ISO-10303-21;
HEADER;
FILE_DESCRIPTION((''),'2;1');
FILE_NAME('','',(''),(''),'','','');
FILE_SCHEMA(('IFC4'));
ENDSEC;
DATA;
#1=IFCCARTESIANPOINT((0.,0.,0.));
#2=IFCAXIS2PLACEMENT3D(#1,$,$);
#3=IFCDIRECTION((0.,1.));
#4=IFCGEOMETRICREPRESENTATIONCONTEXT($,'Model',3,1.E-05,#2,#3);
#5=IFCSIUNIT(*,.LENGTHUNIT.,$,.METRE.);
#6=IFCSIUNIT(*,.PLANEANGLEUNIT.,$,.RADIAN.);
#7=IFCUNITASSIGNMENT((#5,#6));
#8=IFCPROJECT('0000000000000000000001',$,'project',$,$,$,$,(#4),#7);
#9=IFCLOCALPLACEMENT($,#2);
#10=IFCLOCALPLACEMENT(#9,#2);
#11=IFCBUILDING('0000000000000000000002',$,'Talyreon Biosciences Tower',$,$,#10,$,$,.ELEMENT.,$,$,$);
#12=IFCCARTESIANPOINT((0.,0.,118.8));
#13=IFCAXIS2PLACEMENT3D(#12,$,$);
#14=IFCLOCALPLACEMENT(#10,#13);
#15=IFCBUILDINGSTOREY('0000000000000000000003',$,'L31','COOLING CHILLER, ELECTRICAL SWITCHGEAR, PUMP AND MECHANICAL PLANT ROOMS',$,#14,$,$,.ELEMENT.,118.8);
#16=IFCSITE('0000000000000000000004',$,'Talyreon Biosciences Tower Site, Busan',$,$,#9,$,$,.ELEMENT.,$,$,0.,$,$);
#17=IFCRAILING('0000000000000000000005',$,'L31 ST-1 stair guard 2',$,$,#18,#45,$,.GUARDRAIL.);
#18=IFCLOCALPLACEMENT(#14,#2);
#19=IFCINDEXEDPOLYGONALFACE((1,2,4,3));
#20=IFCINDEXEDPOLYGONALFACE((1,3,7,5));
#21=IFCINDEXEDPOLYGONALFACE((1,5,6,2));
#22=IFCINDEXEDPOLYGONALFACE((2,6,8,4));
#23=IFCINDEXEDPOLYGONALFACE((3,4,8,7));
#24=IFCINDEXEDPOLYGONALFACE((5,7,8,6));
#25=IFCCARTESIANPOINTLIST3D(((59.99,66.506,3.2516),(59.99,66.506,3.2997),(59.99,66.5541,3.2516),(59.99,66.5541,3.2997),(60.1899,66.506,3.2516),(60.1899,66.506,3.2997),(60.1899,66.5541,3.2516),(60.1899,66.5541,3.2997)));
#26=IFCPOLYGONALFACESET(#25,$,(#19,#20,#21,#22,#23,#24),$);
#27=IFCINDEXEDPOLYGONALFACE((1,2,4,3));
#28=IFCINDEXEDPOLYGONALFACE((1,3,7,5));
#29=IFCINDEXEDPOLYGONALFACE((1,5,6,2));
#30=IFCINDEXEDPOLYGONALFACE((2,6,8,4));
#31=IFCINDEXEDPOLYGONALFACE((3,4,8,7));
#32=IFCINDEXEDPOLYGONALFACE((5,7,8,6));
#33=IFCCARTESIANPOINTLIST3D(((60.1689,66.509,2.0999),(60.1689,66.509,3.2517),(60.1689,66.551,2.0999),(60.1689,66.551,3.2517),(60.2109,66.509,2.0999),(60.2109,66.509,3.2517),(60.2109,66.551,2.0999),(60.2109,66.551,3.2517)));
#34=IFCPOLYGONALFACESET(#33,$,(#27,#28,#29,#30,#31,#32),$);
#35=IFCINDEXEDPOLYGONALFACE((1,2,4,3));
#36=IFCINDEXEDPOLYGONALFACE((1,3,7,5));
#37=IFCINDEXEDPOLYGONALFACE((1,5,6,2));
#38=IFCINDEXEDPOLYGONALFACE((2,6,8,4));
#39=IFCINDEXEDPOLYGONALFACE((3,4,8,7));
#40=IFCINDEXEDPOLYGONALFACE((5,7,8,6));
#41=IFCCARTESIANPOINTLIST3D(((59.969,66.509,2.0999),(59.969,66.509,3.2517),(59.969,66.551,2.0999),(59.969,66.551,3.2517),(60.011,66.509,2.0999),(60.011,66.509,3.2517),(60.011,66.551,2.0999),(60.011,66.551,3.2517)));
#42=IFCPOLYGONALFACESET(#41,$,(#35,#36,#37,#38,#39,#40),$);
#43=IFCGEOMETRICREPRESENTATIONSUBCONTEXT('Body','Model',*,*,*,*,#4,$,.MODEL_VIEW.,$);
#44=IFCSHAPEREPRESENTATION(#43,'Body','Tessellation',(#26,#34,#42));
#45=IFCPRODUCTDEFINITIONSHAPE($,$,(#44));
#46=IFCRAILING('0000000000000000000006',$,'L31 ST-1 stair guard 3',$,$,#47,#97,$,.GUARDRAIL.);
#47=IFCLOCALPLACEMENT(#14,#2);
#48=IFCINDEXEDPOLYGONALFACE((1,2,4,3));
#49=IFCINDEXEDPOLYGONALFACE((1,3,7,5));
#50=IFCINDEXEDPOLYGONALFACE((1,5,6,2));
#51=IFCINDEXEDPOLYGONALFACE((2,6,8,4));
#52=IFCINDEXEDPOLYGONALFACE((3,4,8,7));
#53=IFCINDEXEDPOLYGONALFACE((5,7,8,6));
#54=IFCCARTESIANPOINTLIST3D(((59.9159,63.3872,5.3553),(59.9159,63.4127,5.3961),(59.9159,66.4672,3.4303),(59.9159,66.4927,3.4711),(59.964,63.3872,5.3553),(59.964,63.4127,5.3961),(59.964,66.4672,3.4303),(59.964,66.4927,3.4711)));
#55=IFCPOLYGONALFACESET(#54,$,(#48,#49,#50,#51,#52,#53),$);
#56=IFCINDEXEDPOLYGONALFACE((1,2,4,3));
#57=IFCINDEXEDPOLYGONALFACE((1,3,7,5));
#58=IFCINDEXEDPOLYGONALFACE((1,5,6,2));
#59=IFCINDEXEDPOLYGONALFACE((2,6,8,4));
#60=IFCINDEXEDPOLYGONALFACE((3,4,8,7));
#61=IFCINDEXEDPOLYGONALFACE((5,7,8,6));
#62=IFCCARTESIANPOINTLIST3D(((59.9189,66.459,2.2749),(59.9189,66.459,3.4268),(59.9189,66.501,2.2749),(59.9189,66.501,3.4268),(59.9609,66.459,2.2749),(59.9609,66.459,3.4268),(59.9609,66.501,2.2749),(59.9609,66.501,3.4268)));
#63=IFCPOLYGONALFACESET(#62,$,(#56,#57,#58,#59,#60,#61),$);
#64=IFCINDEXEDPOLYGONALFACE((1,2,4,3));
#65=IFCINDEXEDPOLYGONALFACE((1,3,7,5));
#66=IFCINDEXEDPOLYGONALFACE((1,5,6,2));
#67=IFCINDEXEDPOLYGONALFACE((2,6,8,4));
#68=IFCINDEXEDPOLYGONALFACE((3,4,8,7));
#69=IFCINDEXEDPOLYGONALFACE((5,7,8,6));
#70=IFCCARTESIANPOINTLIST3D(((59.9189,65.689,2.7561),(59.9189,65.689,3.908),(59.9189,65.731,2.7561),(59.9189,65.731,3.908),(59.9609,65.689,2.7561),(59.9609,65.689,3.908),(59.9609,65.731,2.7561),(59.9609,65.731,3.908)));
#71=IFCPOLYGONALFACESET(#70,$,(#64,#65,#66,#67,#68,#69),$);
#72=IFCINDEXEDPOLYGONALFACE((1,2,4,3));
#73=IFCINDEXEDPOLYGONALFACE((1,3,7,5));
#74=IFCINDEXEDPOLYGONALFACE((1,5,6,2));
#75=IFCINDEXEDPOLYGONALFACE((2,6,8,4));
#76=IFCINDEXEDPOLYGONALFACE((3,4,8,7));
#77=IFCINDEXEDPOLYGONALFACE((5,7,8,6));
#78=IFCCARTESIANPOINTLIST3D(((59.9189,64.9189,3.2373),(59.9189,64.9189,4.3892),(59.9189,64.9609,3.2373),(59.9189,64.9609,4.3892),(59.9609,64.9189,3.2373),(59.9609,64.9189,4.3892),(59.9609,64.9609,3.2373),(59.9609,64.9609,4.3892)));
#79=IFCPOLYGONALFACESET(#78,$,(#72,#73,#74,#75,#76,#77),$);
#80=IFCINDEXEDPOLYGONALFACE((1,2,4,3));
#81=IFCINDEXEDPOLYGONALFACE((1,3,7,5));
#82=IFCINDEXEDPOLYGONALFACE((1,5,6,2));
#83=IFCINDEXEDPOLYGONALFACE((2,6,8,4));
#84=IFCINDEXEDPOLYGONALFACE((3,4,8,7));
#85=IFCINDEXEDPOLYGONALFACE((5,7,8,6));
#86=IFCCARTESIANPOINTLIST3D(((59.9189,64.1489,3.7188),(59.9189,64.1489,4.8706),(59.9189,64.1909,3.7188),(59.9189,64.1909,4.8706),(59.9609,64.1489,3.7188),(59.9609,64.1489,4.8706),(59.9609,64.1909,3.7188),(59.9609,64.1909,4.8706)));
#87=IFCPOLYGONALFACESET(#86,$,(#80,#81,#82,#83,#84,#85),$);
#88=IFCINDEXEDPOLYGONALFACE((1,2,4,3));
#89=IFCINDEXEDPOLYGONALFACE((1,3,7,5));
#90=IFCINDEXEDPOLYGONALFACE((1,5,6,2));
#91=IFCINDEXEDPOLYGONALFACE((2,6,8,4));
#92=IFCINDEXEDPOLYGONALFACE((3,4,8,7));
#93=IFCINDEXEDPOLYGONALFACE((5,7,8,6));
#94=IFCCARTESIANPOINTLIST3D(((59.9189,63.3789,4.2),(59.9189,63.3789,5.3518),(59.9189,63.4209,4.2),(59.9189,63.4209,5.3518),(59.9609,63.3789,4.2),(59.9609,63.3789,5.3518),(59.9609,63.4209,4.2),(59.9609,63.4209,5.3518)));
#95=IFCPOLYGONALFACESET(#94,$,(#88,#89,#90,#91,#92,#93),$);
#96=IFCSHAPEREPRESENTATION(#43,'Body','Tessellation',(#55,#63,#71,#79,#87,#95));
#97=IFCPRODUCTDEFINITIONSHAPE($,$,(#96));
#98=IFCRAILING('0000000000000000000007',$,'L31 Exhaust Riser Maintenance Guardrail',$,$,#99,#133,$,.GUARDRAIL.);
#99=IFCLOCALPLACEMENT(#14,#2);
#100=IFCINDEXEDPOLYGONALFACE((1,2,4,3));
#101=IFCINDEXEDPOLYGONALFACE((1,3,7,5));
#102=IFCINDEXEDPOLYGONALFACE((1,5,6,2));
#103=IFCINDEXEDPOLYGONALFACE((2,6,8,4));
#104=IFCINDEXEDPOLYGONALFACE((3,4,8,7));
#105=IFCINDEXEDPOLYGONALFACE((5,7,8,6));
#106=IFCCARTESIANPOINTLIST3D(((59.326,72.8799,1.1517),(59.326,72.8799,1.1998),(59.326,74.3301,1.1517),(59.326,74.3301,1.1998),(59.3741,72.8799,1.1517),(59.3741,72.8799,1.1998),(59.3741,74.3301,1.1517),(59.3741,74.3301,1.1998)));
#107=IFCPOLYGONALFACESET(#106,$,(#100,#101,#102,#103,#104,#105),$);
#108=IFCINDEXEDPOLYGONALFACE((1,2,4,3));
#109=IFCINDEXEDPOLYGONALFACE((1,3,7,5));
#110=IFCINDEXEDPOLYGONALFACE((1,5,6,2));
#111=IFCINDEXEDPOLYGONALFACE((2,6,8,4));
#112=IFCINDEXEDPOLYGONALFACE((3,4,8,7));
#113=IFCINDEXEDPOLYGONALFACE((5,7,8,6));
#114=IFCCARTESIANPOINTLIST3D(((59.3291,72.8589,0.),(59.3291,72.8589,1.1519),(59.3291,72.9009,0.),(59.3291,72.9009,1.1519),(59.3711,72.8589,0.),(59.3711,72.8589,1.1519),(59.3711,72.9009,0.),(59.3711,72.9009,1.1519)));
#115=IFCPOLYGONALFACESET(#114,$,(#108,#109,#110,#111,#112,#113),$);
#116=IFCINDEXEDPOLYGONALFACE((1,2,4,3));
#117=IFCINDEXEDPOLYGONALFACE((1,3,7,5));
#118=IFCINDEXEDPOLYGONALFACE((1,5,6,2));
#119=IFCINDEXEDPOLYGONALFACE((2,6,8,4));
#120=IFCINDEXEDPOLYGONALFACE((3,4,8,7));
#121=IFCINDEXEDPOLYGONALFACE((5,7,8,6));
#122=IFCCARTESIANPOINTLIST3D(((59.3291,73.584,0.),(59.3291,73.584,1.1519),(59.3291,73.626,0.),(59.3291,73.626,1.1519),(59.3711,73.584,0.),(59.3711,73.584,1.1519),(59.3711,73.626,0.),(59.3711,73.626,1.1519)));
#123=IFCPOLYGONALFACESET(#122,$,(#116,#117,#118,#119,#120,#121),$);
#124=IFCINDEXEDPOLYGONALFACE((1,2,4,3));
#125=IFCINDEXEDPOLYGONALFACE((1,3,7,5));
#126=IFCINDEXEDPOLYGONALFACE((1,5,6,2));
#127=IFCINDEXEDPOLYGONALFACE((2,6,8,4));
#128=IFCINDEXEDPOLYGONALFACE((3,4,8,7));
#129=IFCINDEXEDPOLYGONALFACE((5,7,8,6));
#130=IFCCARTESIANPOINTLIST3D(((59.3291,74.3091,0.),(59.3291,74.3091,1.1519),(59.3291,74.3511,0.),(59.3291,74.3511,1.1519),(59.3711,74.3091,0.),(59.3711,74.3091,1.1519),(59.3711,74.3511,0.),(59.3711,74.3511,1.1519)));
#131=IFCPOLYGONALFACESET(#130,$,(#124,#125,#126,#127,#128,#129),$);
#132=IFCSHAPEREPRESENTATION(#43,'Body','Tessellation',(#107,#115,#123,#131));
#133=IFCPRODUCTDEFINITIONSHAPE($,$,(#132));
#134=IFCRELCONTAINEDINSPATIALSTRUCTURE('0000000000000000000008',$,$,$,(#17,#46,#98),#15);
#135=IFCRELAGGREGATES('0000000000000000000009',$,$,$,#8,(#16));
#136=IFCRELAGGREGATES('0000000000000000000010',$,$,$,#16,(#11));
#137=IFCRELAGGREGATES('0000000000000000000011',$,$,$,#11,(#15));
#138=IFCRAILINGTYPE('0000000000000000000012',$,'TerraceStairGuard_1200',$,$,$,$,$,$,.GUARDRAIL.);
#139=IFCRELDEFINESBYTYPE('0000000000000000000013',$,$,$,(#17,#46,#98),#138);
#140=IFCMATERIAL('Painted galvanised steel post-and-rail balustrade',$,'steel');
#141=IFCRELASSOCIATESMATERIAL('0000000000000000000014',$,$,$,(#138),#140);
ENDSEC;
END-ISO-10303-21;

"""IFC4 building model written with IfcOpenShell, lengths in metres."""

from ifc_helpers import new_model, si_unit, direction, frame, origin, origin_2d, place, context, subcontext, project, spatial, rectangle, extrude, material, type_object, element, save


model = new_model("IFC4")

# Units and contexts
model_context = context("Model", 3, precision=1e-05, world=origin(), true_north=direction((0.0, 1.0)))
body_context = subcontext(model_context, "Body", "Model", "MODEL_VIEW")
ifc_project = project(units=[si_unit("LENGTHUNIT", "METRE"), si_unit("PLANEANGLEUNIT", "RADIAN")], contexts=[model_context])

# Site, building, storey
site_placement = place(None, origin())
site = spatial("IfcSite", under=ifc_project, at=site_placement, Name="Talyreon Biosciences Tower Site, Busan", CompositionType="ELEMENT", RefElevation=0.0)
building_placement = place(site_placement, origin())
building = spatial("IfcBuilding", under=site, at=building_placement, Name="Talyreon Biosciences Tower", CompositionType="ELEMENT")
storey_placement = place(building_placement, frame((0.0, 0.0, 118.8)))
storey = spatial("IfcBuildingStorey", under=building, at=storey_placement, Name="L31", Description="COOLING CHILLER, ELECTRICAL SWITCHGEAR, PUMP AND MECHANICAL PLANT ROOMS", CompositionType="ELEMENT", Elevation=118.8)

# Railings
ifc_material_1 = material(Name="Painted galvanised steel post-and-rail balustrade", Category="steel")
railing_type = type_object("IfcRailingType", Name="TerraceStairGuard_1200", PredefinedType="GUARDRAIL", material=ifc_material_1)
railing_1_placement = place(storey_placement, frame((60.1899, 66.53, 2.0999)))
element("IfcRailing", 1, at=railing_1_placement, inside=storey, type_object=railing_type, Name="L31 ST-1 stair guard 2", PredefinedType="GUARDRAIL", context=body_context, shape_type="SweptSolid", body=[
    extrude(rectangle(XDim=0.0481, YDim=0.0481, at=origin_2d()), frame((0.0, 0.0, 1.1758), z_axis=(-1.0, 0.0, 0.0), x_axis=(0.0, -1.0, 0.0)), (0.0, 0.0, 1.0), 0.2),
    extrude(rectangle(XDim=0.042, YDim=0.042, at=origin_2d()), origin(), (0.0, 0.0, 1.0), 1.1519),
    extrude(rectangle(XDim=0.042, YDim=0.042, at=origin_2d()), frame((-0.2, 0.0, 0.0)), (0.0, 0.0, 1.0), 1.1519),
])
railing_2_placement = place(storey_placement, frame((59.9399, 66.48, 2.2749)))
element("IfcRailing", 2, at=railing_2_placement, inside=storey, type_object=railing_type, Name="L31 ST-1 stair guard 3", PredefinedType="GUARDRAIL", context=body_context, shape_type="SweptSolid", body=[
    extrude(rectangle(XDim=0.0481, YDim=0.0481, at=origin_2d()), frame((0.0, 0.0, 1.1758), z_axis=(0.0, -0.847998, 0.529999), x_axis=(1.0, 0.0, 0.0)), (0.0, 0.0, 1.0), 3.6321),
    extrude(rectangle(XDim=0.042, YDim=0.042, at=origin_2d()), origin(), (0.0, 0.0, 1.0), 1.1519),
    extrude(rectangle(XDim=0.042, YDim=0.042, at=origin_2d()), frame((0.0, -0.77, 0.4812)), (0.0, 0.0, 1.0), 1.1519),
    extrude(rectangle(XDim=0.042, YDim=0.042, at=origin_2d()), frame((0.0, -1.54, 0.9624)), (0.0, 0.0, 1.0), 1.1519),
    extrude(rectangle(XDim=0.042, YDim=0.042, at=origin_2d()), frame((0.0, -2.3101, 1.4438)), (0.0, 0.0, 1.0), 1.1519),
    extrude(rectangle(XDim=0.042, YDim=0.042, at=origin_2d()), frame((0.0, -3.0801, 1.925)), (0.0, 0.0, 1.0), 1.1519),
])
railing_3_placement = place(storey_placement, frame((59.3501, 72.8799, 0.0)))
element("IfcRailing", 3, at=railing_3_placement, inside=storey, type_object=railing_type, Name="L31 Exhaust Riser Maintenance Guardrail", PredefinedType="GUARDRAIL", context=body_context, shape_type="SweptSolid", body=[
    extrude(rectangle(XDim=0.0481, YDim=0.0481, at=origin_2d()), frame((0.0, 0.0, 1.1758), z_axis=(0.0, 1.0, 0.0), x_axis=(-1.0, 0.0, 0.0)), (0.0, 0.0, 1.0), 1.4502),
    extrude(rectangle(XDim=0.042, YDim=0.042, at=origin_2d()), origin(), (0.0, 0.0, 1.0), 1.1519),
    extrude(rectangle(XDim=0.042, YDim=0.042, at=origin_2d()), frame((0.0, 0.7251, 0.0)), (0.0, 0.0, 1.0), 1.1519),
    extrude(rectangle(XDim=0.042, YDim=0.042, at=origin_2d()), frame((0.0, 1.4502, 0.0)), (0.0, 0.0, 1.0), 1.1519),
])

save(model, "model.ifc")
